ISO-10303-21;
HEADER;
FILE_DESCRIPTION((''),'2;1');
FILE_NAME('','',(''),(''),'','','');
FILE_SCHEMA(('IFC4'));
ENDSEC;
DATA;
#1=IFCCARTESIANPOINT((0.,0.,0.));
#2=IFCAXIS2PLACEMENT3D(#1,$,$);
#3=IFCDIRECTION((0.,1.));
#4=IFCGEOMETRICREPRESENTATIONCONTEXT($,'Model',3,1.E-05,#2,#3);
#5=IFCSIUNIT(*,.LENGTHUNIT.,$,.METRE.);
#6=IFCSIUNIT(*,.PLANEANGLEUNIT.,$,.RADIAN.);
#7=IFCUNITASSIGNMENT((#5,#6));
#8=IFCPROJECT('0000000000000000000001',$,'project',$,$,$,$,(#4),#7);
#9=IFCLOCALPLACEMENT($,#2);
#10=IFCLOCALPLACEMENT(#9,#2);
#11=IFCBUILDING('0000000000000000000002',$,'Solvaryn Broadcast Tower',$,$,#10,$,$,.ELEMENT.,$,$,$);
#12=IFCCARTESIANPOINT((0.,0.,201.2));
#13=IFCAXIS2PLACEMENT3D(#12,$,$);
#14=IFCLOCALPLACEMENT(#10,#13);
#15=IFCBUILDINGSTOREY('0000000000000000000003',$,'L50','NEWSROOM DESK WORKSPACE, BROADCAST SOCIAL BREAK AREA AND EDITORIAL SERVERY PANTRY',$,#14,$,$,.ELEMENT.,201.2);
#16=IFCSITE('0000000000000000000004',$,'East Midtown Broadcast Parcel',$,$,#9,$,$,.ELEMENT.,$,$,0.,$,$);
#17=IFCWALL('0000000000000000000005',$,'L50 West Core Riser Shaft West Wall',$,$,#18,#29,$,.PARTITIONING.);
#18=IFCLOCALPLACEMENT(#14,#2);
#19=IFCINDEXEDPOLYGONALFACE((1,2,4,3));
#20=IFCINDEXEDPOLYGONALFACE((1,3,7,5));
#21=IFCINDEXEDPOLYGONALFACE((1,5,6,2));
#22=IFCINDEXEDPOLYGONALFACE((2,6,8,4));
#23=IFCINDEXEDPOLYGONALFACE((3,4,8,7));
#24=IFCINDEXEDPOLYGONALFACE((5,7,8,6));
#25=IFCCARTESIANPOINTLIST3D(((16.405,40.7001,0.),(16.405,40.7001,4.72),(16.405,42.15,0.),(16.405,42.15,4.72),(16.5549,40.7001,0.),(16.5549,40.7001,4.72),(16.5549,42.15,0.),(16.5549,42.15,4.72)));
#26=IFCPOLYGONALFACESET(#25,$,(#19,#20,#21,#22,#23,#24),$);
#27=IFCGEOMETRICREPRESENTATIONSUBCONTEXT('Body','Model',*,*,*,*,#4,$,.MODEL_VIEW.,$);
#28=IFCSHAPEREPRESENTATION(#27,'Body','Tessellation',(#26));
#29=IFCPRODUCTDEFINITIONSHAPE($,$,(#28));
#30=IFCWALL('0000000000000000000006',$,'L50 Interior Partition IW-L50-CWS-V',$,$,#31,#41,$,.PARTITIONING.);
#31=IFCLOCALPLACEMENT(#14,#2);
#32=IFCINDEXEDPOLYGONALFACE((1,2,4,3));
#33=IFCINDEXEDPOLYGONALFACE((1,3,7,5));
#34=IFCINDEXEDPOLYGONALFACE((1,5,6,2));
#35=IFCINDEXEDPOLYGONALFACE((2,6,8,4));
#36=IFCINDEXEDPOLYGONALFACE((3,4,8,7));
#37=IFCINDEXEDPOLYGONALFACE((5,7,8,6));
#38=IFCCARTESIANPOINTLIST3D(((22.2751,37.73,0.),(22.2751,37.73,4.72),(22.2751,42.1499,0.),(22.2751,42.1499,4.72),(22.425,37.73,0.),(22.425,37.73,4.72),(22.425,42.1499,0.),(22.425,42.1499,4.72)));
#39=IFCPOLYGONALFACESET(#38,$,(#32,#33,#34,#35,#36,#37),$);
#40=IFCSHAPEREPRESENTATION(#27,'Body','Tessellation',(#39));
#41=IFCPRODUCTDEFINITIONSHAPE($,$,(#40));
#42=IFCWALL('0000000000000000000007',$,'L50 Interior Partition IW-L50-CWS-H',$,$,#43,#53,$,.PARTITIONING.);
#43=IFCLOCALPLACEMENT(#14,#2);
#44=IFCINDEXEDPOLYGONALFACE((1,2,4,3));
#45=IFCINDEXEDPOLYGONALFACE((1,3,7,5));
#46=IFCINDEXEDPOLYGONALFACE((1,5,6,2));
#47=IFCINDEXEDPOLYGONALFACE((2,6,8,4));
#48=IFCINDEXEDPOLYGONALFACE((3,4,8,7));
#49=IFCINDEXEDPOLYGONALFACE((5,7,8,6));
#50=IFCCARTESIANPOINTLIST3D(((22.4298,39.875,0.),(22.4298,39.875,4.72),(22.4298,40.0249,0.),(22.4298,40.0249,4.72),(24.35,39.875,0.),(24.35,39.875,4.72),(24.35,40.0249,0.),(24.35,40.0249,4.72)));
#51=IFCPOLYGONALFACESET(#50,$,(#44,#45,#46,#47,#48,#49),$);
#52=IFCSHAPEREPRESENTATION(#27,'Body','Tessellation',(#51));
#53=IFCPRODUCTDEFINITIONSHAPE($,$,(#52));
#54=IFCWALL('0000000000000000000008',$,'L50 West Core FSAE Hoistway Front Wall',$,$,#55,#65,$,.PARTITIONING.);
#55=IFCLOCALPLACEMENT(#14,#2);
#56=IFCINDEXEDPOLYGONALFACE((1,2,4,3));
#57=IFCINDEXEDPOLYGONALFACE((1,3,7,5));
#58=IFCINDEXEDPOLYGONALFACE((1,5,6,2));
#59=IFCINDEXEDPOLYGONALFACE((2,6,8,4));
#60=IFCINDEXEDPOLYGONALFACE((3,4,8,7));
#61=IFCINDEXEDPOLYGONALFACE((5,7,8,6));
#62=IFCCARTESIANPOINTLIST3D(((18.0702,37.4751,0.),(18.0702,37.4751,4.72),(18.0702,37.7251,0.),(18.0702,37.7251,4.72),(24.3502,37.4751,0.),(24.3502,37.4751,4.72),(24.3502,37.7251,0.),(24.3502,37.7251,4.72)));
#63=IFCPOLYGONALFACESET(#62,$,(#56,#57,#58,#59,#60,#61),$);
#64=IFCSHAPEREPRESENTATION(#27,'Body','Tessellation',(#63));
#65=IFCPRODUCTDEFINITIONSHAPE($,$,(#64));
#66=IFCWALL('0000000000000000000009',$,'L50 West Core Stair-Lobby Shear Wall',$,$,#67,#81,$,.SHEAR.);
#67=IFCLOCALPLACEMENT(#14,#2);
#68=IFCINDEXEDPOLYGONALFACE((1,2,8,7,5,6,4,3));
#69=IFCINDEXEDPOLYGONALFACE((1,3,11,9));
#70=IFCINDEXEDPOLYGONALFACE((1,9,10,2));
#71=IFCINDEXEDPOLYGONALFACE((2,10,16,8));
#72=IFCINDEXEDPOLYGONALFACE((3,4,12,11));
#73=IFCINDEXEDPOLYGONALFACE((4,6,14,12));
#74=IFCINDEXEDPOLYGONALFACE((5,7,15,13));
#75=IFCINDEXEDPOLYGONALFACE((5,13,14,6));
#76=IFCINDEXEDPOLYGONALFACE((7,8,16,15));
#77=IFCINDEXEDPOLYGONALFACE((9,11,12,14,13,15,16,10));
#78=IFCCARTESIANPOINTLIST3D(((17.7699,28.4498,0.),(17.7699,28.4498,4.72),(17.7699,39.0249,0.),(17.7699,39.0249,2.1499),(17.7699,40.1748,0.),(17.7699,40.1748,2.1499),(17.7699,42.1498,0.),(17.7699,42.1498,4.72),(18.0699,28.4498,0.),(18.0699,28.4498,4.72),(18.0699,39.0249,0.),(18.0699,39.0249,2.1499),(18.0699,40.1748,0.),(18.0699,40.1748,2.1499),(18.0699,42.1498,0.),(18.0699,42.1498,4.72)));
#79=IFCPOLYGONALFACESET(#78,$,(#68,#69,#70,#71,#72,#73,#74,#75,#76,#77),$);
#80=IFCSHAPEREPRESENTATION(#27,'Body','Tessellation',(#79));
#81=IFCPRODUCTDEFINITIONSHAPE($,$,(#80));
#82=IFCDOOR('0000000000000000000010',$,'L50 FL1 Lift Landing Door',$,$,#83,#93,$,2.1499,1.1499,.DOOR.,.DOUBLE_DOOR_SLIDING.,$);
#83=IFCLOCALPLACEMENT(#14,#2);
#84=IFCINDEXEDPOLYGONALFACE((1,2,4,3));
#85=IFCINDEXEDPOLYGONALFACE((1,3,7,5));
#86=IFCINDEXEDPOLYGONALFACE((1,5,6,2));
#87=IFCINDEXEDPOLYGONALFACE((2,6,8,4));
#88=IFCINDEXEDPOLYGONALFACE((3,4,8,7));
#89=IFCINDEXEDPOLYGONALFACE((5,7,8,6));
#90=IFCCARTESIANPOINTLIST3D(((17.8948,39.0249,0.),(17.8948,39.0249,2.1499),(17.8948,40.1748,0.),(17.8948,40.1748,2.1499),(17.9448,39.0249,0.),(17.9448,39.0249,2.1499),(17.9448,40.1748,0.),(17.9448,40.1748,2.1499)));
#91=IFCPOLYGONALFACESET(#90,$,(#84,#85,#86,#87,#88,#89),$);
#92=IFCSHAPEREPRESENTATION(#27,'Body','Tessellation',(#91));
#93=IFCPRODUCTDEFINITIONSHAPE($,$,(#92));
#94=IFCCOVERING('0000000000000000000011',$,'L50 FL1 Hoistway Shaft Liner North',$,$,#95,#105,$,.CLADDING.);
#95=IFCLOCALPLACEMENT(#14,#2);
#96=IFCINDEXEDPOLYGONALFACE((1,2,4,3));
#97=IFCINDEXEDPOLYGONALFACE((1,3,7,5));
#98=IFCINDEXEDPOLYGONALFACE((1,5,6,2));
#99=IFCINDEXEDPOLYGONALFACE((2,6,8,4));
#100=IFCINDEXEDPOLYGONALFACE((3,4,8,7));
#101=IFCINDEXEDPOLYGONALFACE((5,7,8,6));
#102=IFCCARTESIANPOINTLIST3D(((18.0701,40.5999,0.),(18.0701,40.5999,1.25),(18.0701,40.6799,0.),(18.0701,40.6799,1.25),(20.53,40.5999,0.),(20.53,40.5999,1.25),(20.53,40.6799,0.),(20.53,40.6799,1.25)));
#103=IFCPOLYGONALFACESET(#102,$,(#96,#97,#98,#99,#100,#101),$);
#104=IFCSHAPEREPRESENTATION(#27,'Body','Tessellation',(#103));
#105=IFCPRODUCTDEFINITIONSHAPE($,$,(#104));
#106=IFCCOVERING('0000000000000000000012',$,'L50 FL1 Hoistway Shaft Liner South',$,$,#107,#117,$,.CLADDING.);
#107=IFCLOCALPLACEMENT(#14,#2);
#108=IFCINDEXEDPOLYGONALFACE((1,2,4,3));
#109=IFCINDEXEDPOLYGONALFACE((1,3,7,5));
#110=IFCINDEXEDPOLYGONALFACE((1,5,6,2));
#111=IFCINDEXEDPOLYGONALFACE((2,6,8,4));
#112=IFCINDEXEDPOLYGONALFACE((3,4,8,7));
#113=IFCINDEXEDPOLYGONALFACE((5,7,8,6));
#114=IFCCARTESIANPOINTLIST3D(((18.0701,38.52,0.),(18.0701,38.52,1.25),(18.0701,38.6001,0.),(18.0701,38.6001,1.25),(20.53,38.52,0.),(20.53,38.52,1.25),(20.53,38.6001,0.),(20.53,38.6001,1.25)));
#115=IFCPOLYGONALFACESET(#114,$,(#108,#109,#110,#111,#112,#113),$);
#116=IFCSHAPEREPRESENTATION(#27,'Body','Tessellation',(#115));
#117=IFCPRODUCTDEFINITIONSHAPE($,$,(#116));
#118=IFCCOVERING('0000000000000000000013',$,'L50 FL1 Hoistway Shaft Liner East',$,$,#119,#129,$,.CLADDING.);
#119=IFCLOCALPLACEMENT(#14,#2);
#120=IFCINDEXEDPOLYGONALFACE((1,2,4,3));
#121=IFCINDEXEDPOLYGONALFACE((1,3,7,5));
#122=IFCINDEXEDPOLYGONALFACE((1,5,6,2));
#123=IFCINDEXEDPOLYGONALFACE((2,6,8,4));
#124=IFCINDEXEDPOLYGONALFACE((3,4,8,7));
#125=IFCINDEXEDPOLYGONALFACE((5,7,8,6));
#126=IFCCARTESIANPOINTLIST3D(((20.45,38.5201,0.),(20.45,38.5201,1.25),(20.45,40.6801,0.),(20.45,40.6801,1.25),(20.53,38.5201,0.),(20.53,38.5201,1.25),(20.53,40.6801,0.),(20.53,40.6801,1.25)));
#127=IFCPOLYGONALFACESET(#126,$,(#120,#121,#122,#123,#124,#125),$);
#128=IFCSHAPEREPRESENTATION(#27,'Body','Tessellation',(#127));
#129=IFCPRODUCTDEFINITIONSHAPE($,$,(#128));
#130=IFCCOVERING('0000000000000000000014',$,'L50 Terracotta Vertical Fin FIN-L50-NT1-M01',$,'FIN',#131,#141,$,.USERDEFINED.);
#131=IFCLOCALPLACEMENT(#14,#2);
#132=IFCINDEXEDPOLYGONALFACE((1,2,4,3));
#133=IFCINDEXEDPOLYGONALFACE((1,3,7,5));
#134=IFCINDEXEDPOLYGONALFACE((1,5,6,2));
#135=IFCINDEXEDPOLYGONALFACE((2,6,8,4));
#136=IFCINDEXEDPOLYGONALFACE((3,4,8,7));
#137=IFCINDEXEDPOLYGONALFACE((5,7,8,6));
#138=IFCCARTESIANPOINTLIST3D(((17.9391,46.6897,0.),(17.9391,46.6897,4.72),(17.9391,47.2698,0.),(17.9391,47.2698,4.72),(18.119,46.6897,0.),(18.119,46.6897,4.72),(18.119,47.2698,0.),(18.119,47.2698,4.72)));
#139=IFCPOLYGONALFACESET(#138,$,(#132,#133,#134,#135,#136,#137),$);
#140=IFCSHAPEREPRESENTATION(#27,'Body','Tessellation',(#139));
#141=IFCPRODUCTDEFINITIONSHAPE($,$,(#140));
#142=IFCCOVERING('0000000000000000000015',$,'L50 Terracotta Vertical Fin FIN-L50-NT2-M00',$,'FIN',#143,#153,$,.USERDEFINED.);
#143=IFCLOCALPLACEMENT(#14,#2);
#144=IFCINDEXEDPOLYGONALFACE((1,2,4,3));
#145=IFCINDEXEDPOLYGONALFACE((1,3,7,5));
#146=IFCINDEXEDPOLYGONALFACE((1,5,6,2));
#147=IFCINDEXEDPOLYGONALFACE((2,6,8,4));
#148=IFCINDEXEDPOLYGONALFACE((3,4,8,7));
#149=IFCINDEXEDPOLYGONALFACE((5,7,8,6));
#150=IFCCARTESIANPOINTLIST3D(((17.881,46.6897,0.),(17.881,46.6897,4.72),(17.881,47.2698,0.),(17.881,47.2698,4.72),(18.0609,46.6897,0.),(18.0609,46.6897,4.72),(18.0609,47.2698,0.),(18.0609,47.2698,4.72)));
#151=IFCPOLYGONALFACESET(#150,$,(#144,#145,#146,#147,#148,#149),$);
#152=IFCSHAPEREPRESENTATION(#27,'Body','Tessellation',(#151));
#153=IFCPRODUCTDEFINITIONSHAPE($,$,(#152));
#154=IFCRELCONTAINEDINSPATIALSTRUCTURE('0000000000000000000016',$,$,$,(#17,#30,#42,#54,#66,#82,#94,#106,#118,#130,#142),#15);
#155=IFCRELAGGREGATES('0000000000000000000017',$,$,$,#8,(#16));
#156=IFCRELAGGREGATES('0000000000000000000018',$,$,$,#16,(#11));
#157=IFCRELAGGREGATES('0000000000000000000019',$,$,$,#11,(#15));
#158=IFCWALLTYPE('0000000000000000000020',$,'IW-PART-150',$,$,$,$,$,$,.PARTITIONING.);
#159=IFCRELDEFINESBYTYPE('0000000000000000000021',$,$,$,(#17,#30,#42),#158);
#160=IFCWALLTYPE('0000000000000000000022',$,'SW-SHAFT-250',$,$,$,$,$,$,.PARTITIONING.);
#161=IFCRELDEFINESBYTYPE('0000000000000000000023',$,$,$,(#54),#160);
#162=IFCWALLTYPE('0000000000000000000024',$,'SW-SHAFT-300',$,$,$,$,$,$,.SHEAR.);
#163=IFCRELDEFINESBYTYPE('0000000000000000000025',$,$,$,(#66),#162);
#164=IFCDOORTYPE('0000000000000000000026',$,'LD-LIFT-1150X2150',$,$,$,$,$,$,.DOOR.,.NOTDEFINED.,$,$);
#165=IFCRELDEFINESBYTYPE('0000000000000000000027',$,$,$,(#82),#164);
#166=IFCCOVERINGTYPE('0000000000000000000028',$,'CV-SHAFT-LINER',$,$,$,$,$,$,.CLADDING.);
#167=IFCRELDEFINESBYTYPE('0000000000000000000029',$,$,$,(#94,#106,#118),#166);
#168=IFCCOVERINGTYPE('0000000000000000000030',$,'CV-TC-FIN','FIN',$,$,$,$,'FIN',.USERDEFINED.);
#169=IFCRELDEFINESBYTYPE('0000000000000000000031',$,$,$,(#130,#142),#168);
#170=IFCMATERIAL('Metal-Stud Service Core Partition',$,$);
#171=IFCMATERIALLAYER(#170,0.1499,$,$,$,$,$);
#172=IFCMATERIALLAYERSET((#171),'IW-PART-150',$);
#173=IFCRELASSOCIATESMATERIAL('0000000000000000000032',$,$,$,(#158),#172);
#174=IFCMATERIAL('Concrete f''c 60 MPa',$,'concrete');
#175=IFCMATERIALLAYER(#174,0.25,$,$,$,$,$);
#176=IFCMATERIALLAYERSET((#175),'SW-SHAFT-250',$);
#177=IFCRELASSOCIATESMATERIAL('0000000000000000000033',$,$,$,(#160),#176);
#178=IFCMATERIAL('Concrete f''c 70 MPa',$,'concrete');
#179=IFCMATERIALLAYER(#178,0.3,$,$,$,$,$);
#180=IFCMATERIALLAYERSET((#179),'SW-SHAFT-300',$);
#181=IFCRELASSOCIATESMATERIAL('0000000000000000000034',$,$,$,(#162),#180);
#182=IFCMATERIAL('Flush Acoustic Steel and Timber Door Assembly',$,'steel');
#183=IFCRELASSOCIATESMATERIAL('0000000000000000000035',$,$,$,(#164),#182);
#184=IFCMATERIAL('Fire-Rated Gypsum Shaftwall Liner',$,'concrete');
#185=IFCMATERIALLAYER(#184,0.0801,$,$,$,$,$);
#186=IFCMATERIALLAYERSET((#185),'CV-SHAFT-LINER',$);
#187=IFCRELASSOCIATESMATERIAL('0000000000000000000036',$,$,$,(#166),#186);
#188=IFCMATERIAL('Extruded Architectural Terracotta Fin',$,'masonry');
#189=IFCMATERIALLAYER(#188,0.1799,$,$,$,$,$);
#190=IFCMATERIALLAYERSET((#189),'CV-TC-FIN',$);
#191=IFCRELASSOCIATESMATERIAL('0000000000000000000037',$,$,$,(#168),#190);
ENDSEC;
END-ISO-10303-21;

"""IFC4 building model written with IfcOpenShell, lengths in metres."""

from ifc_helpers import new_model, si_unit, direction, frame, frame_2d, origin, origin_2d, place, context, subcontext, project, spatial, rectangle, extrude, material, layer, layer_set, type_object, element, fill, save


model = new_model("IFC4")

# Units and contexts
model_context = context("Model", 3, precision=1e-05, world=origin(), true_north=direction((0.0, 1.0)))
body_context = subcontext(model_context, "Body", "Model", "MODEL_VIEW")
ifc_project = project(units=[si_unit("LENGTHUNIT", "METRE"), si_unit("PLANEANGLEUNIT", "RADIAN")], contexts=[model_context])

# Site, building, storey
site_placement = place(None, origin())
site = spatial("IfcSite", under=ifc_project, at=site_placement, Name="East Midtown Broadcast Parcel", CompositionType="ELEMENT", RefElevation=0.0)
building_placement = place(site_placement, origin())
building = spatial("IfcBuilding", under=site, at=building_placement, Name="Solvaryn Broadcast Tower", CompositionType="ELEMENT")
storey_placement = place(building_placement, frame((0.0, 0.0, 201.2)))
storey = spatial("IfcBuildingStorey", under=building, at=storey_placement, Name="L50", Description="NEWSROOM DESK WORKSPACE, BROADCAST SOCIAL BREAK AREA AND EDITORIAL SERVERY PANTRY", CompositionType="ELEMENT", Elevation=201.2)

# Walls
ifc_material_1 = material(Name="Metal-Stud Service Core Partition")
ifc_layer_1 = layer(ifc_material_1, 0.1499)
ifc_layer_set_1 = layer_set([ifc_layer_1], Name="IW-PART-150")
wall_type_1 = type_object("IfcWallType", Name="IW-PART-150", PredefinedType="PARTITIONING", material=ifc_layer_set_1)
wall_1_placement = place(storey_placement, frame((16.48, 40.7, 0.0), z_axis=(0.0, 0.0, 1.0), x_axis=(0.0, 1.0, 0.0)))
element("IfcWall", 1, at=wall_1_placement, inside=storey, type_object=wall_type_1, Name="L50 West Core Riser Shaft West Wall", PredefinedType="PARTITIONING", context=body_context, shape_type="SweptSolid", body=[
    extrude(rectangle(XDim=1.45, YDim=0.1499, at=frame_2d((0.7251, 0.0))), origin(), (0.0, 0.0, 1.0), 4.72),
])
wall_2_placement = place(storey_placement, frame((22.3501, 37.73, 0.0), z_axis=(0.0, 0.0, 1.0), x_axis=(0.0, 1.0, 0.0)))
element("IfcWall", 2, at=wall_2_placement, inside=storey, type_object=wall_type_1, Name="L50 Interior Partition IW-L50-CWS-V", PredefinedType="PARTITIONING", context=body_context, shape_type="SweptSolid", body=[
    extrude(rectangle(XDim=4.4199, YDim=0.1499, at=frame_2d((2.21, 0.0))), origin(), (0.0, 0.0, 1.0), 4.72),
])
wall_3_placement = place(storey_placement, frame((22.4299, 39.95, 0.0), z_axis=(0.0, 0.0, 1.0), x_axis=(1.0, 0.0, 0.0)))
element("IfcWall", 3, at=wall_3_placement, inside=storey, type_object=wall_type_1, Name="L50 Interior Partition IW-L50-CWS-H", PredefinedType="PARTITIONING", context=body_context, shape_type="SweptSolid", body=[
    extrude(rectangle(XDim=1.9202, YDim=0.1499, at=frame_2d((0.96, 0.0))), origin(), (0.0, 0.0, 1.0), 4.72),
])
ifc_material_2 = material(Name="Concrete f'c 60 MPa", Category="concrete")
ifc_layer_2 = layer(ifc_material_2, 0.25)
ifc_layer_set_2 = layer_set([ifc_layer_2], Name="SW-SHAFT-250")
wall_type_2 = type_object("IfcWallType", Name="SW-SHAFT-250", PredefinedType="PARTITIONING", material=ifc_layer_set_2)
wall_4_placement = place(storey_placement, frame((18.0701, 37.6001, 0.0), z_axis=(0.0, 0.0, 1.0), x_axis=(1.0, 0.0, 0.0)))
element("IfcWall", 4, at=wall_4_placement, inside=storey, type_object=wall_type_2, Name="L50 West Core FSAE Hoistway Front Wall", PredefinedType="PARTITIONING", context=body_context, shape_type="SweptSolid", body=[
    extrude(rectangle(XDim=6.28, YDim=0.25, at=frame_2d((3.1401, 0.0))), origin(), (0.0, 0.0, 1.0), 4.72),
])

# Wall, opening, door
ifc_material_3 = material(Name="Concrete f'c 70 MPa", Category="concrete")
ifc_layer_3 = layer(ifc_material_3, 0.3)
ifc_layer_set_3 = layer_set([ifc_layer_3], Name="SW-SHAFT-300")
wall_type_3 = type_object("IfcWallType", Name="SW-SHAFT-300", PredefinedType="SHEAR", material=ifc_layer_set_3)
wall_5_placement = place(storey_placement, frame((17.9199, 42.1499, 0.0), z_axis=(0.0, 0.0, 1.0), x_axis=(0.0, -1.0, 0.0)))
wall_5 = element("IfcWall", 5, at=wall_5_placement, inside=storey, type_object=wall_type_3, Name="L50 West Core Stair-Lobby Shear Wall", PredefinedType="SHEAR", context=body_context, shape_type="SweptSolid", body=[
    extrude(rectangle(XDim=13.7, YDim=0.3, at=frame_2d((6.8501, 0.0))), origin(), (0.0, 0.0, 1.0), 4.72),
])
opening_placement = place(wall_5_placement, frame((1.9751, 0.0, 0.0)))
opening = element("IfcOpeningElement", 6, at=opening_placement, cuts=wall_5, PredefinedType="OPENING", context=body_context, shape_type="SweptSolid", body=[
    extrude(rectangle(XDim=1.1499, YDim=2.1499, at=frame_2d((0.575, 1.075))), frame((0.0, 0.1599, 0.0), z_axis=(0.0, -1.0, 0.0), x_axis=(1.0, 0.0, 0.0)), (0.0, 0.0, 1.0), 0.3201),
])
ifc_material_4 = material(Name="Flush Acoustic Steel and Timber Door Assembly", Category="steel")
door_type = type_object("IfcDoorType", Name="LD-LIFT-1150X2150", OperationType="NOTDEFINED", PredefinedType="DOOR", material=ifc_material_4)
door_placement = place(opening_placement, origin())
door = element("IfcDoor", 7, at=door_placement, inside=storey, type_object=door_type, Name="L50 FL1 Lift Landing Door", OperationType="DOUBLE_DOOR_SLIDING", OverallHeight=2.1499, OverallWidth=1.1499, PredefinedType="DOOR", context=body_context, shape_type="SweptSolid", body=[
    extrude(rectangle(XDim=1.1499, YDim=2.1499, at=frame_2d((0.575, 1.075))), frame((0.0, 0.0249, 0.0), z_axis=(0.0, -1.0, 0.0), x_axis=(1.0, 0.0, 0.0)), (0.0, 0.0, 1.0), 0.05),
])
fill(opening, door)

# Coverings
ifc_material_5 = material(Name="Fire-Rated Gypsum Shaftwall Liner", Category="concrete")
ifc_layer_4 = layer(ifc_material_5, 0.0801)
ifc_layer_set_4 = layer_set([ifc_layer_4], Name="CV-SHAFT-LINER")
covering_type_1 = type_object("IfcCoveringType", Name="CV-SHAFT-LINER", PredefinedType="CLADDING", material=ifc_layer_set_4)
for number, where, z_axis, x_axis, name in (
    (8, (19.3, 40.6399, 0.0), (0.0, 0.0, 1.0), (1.0, 0.0, 0.0), "L50 FL1 Hoistway Shaft Liner North"),
    (9, (19.3, 38.5601, 0.0), (0.0, 0.0, 1.0), (1.0, 0.0, 0.0), "L50 FL1 Hoistway Shaft Liner South"),
):
    element("IfcCovering", number, at=place(storey_placement, frame(where, z_axis=z_axis, x_axis=x_axis)), inside=storey, type_object=covering_type_1, Name=name, PredefinedType="CLADDING", context=body_context, shape_type="SweptSolid", body=[
        extrude(rectangle(XDim=2.46, YDim=0.0801, at=origin_2d()), origin(), (0.0, 0.0, 1.0), 1.25),
    ])
covering_placement = place(storey_placement, frame((20.49, 39.6001, 0.0), z_axis=(0.0, 0.0, 1.0), x_axis=(1.0, 0.0, 0.0)))
element("IfcCovering", 10, at=covering_placement, inside=storey, type_object=covering_type_1, Name="L50 FL1 Hoistway Shaft Liner East", PredefinedType="CLADDING", context=body_context, shape_type="SweptSolid", body=[
    extrude(rectangle(XDim=0.0801, YDim=2.1599, at=origin_2d()), origin(), (0.0, 0.0, 1.0), 1.25),
])
ifc_material_6 = material(Name="Extruded Architectural Terracotta Fin", Category="masonry")
ifc_layer_5 = layer(ifc_material_6, 0.1799)
ifc_layer_set_5 = layer_set([ifc_layer_5], Name="CV-TC-FIN")
covering_type_2 = type_object("IfcCoveringType", Name="CV-TC-FIN", Description="FIN", ElementType="FIN", PredefinedType="USERDEFINED", material=ifc_layer_set_5)
for number, where, z_axis, x_axis, name in (
    (11, (18.0291, 46.9797, 0.0), (0.0, 0.0, 1.0), (1.0, 0.0, 0.0), "L50 Terracotta Vertical Fin FIN-L50-NT1-M01"),
    (12, (17.9709, 46.9797, 0.0), (0.0, 0.0, 1.0), (1.0, 0.0, 0.0), "L50 Terracotta Vertical Fin FIN-L50-NT2-M00"),
):
    element("IfcCovering", number, at=place(storey_placement, frame(where, z_axis=z_axis, x_axis=x_axis)), inside=storey, type_object=covering_type_2, Name=name, ObjectType="FIN", PredefinedType="USERDEFINED", context=body_context, shape_type="SweptSolid", body=[
        extrude(rectangle(XDim=0.1799, YDim=0.5801, at=origin_2d()), origin(), (0.0, 0.0, 1.0), 4.72),
    ])

save(model, "model.ifc")
